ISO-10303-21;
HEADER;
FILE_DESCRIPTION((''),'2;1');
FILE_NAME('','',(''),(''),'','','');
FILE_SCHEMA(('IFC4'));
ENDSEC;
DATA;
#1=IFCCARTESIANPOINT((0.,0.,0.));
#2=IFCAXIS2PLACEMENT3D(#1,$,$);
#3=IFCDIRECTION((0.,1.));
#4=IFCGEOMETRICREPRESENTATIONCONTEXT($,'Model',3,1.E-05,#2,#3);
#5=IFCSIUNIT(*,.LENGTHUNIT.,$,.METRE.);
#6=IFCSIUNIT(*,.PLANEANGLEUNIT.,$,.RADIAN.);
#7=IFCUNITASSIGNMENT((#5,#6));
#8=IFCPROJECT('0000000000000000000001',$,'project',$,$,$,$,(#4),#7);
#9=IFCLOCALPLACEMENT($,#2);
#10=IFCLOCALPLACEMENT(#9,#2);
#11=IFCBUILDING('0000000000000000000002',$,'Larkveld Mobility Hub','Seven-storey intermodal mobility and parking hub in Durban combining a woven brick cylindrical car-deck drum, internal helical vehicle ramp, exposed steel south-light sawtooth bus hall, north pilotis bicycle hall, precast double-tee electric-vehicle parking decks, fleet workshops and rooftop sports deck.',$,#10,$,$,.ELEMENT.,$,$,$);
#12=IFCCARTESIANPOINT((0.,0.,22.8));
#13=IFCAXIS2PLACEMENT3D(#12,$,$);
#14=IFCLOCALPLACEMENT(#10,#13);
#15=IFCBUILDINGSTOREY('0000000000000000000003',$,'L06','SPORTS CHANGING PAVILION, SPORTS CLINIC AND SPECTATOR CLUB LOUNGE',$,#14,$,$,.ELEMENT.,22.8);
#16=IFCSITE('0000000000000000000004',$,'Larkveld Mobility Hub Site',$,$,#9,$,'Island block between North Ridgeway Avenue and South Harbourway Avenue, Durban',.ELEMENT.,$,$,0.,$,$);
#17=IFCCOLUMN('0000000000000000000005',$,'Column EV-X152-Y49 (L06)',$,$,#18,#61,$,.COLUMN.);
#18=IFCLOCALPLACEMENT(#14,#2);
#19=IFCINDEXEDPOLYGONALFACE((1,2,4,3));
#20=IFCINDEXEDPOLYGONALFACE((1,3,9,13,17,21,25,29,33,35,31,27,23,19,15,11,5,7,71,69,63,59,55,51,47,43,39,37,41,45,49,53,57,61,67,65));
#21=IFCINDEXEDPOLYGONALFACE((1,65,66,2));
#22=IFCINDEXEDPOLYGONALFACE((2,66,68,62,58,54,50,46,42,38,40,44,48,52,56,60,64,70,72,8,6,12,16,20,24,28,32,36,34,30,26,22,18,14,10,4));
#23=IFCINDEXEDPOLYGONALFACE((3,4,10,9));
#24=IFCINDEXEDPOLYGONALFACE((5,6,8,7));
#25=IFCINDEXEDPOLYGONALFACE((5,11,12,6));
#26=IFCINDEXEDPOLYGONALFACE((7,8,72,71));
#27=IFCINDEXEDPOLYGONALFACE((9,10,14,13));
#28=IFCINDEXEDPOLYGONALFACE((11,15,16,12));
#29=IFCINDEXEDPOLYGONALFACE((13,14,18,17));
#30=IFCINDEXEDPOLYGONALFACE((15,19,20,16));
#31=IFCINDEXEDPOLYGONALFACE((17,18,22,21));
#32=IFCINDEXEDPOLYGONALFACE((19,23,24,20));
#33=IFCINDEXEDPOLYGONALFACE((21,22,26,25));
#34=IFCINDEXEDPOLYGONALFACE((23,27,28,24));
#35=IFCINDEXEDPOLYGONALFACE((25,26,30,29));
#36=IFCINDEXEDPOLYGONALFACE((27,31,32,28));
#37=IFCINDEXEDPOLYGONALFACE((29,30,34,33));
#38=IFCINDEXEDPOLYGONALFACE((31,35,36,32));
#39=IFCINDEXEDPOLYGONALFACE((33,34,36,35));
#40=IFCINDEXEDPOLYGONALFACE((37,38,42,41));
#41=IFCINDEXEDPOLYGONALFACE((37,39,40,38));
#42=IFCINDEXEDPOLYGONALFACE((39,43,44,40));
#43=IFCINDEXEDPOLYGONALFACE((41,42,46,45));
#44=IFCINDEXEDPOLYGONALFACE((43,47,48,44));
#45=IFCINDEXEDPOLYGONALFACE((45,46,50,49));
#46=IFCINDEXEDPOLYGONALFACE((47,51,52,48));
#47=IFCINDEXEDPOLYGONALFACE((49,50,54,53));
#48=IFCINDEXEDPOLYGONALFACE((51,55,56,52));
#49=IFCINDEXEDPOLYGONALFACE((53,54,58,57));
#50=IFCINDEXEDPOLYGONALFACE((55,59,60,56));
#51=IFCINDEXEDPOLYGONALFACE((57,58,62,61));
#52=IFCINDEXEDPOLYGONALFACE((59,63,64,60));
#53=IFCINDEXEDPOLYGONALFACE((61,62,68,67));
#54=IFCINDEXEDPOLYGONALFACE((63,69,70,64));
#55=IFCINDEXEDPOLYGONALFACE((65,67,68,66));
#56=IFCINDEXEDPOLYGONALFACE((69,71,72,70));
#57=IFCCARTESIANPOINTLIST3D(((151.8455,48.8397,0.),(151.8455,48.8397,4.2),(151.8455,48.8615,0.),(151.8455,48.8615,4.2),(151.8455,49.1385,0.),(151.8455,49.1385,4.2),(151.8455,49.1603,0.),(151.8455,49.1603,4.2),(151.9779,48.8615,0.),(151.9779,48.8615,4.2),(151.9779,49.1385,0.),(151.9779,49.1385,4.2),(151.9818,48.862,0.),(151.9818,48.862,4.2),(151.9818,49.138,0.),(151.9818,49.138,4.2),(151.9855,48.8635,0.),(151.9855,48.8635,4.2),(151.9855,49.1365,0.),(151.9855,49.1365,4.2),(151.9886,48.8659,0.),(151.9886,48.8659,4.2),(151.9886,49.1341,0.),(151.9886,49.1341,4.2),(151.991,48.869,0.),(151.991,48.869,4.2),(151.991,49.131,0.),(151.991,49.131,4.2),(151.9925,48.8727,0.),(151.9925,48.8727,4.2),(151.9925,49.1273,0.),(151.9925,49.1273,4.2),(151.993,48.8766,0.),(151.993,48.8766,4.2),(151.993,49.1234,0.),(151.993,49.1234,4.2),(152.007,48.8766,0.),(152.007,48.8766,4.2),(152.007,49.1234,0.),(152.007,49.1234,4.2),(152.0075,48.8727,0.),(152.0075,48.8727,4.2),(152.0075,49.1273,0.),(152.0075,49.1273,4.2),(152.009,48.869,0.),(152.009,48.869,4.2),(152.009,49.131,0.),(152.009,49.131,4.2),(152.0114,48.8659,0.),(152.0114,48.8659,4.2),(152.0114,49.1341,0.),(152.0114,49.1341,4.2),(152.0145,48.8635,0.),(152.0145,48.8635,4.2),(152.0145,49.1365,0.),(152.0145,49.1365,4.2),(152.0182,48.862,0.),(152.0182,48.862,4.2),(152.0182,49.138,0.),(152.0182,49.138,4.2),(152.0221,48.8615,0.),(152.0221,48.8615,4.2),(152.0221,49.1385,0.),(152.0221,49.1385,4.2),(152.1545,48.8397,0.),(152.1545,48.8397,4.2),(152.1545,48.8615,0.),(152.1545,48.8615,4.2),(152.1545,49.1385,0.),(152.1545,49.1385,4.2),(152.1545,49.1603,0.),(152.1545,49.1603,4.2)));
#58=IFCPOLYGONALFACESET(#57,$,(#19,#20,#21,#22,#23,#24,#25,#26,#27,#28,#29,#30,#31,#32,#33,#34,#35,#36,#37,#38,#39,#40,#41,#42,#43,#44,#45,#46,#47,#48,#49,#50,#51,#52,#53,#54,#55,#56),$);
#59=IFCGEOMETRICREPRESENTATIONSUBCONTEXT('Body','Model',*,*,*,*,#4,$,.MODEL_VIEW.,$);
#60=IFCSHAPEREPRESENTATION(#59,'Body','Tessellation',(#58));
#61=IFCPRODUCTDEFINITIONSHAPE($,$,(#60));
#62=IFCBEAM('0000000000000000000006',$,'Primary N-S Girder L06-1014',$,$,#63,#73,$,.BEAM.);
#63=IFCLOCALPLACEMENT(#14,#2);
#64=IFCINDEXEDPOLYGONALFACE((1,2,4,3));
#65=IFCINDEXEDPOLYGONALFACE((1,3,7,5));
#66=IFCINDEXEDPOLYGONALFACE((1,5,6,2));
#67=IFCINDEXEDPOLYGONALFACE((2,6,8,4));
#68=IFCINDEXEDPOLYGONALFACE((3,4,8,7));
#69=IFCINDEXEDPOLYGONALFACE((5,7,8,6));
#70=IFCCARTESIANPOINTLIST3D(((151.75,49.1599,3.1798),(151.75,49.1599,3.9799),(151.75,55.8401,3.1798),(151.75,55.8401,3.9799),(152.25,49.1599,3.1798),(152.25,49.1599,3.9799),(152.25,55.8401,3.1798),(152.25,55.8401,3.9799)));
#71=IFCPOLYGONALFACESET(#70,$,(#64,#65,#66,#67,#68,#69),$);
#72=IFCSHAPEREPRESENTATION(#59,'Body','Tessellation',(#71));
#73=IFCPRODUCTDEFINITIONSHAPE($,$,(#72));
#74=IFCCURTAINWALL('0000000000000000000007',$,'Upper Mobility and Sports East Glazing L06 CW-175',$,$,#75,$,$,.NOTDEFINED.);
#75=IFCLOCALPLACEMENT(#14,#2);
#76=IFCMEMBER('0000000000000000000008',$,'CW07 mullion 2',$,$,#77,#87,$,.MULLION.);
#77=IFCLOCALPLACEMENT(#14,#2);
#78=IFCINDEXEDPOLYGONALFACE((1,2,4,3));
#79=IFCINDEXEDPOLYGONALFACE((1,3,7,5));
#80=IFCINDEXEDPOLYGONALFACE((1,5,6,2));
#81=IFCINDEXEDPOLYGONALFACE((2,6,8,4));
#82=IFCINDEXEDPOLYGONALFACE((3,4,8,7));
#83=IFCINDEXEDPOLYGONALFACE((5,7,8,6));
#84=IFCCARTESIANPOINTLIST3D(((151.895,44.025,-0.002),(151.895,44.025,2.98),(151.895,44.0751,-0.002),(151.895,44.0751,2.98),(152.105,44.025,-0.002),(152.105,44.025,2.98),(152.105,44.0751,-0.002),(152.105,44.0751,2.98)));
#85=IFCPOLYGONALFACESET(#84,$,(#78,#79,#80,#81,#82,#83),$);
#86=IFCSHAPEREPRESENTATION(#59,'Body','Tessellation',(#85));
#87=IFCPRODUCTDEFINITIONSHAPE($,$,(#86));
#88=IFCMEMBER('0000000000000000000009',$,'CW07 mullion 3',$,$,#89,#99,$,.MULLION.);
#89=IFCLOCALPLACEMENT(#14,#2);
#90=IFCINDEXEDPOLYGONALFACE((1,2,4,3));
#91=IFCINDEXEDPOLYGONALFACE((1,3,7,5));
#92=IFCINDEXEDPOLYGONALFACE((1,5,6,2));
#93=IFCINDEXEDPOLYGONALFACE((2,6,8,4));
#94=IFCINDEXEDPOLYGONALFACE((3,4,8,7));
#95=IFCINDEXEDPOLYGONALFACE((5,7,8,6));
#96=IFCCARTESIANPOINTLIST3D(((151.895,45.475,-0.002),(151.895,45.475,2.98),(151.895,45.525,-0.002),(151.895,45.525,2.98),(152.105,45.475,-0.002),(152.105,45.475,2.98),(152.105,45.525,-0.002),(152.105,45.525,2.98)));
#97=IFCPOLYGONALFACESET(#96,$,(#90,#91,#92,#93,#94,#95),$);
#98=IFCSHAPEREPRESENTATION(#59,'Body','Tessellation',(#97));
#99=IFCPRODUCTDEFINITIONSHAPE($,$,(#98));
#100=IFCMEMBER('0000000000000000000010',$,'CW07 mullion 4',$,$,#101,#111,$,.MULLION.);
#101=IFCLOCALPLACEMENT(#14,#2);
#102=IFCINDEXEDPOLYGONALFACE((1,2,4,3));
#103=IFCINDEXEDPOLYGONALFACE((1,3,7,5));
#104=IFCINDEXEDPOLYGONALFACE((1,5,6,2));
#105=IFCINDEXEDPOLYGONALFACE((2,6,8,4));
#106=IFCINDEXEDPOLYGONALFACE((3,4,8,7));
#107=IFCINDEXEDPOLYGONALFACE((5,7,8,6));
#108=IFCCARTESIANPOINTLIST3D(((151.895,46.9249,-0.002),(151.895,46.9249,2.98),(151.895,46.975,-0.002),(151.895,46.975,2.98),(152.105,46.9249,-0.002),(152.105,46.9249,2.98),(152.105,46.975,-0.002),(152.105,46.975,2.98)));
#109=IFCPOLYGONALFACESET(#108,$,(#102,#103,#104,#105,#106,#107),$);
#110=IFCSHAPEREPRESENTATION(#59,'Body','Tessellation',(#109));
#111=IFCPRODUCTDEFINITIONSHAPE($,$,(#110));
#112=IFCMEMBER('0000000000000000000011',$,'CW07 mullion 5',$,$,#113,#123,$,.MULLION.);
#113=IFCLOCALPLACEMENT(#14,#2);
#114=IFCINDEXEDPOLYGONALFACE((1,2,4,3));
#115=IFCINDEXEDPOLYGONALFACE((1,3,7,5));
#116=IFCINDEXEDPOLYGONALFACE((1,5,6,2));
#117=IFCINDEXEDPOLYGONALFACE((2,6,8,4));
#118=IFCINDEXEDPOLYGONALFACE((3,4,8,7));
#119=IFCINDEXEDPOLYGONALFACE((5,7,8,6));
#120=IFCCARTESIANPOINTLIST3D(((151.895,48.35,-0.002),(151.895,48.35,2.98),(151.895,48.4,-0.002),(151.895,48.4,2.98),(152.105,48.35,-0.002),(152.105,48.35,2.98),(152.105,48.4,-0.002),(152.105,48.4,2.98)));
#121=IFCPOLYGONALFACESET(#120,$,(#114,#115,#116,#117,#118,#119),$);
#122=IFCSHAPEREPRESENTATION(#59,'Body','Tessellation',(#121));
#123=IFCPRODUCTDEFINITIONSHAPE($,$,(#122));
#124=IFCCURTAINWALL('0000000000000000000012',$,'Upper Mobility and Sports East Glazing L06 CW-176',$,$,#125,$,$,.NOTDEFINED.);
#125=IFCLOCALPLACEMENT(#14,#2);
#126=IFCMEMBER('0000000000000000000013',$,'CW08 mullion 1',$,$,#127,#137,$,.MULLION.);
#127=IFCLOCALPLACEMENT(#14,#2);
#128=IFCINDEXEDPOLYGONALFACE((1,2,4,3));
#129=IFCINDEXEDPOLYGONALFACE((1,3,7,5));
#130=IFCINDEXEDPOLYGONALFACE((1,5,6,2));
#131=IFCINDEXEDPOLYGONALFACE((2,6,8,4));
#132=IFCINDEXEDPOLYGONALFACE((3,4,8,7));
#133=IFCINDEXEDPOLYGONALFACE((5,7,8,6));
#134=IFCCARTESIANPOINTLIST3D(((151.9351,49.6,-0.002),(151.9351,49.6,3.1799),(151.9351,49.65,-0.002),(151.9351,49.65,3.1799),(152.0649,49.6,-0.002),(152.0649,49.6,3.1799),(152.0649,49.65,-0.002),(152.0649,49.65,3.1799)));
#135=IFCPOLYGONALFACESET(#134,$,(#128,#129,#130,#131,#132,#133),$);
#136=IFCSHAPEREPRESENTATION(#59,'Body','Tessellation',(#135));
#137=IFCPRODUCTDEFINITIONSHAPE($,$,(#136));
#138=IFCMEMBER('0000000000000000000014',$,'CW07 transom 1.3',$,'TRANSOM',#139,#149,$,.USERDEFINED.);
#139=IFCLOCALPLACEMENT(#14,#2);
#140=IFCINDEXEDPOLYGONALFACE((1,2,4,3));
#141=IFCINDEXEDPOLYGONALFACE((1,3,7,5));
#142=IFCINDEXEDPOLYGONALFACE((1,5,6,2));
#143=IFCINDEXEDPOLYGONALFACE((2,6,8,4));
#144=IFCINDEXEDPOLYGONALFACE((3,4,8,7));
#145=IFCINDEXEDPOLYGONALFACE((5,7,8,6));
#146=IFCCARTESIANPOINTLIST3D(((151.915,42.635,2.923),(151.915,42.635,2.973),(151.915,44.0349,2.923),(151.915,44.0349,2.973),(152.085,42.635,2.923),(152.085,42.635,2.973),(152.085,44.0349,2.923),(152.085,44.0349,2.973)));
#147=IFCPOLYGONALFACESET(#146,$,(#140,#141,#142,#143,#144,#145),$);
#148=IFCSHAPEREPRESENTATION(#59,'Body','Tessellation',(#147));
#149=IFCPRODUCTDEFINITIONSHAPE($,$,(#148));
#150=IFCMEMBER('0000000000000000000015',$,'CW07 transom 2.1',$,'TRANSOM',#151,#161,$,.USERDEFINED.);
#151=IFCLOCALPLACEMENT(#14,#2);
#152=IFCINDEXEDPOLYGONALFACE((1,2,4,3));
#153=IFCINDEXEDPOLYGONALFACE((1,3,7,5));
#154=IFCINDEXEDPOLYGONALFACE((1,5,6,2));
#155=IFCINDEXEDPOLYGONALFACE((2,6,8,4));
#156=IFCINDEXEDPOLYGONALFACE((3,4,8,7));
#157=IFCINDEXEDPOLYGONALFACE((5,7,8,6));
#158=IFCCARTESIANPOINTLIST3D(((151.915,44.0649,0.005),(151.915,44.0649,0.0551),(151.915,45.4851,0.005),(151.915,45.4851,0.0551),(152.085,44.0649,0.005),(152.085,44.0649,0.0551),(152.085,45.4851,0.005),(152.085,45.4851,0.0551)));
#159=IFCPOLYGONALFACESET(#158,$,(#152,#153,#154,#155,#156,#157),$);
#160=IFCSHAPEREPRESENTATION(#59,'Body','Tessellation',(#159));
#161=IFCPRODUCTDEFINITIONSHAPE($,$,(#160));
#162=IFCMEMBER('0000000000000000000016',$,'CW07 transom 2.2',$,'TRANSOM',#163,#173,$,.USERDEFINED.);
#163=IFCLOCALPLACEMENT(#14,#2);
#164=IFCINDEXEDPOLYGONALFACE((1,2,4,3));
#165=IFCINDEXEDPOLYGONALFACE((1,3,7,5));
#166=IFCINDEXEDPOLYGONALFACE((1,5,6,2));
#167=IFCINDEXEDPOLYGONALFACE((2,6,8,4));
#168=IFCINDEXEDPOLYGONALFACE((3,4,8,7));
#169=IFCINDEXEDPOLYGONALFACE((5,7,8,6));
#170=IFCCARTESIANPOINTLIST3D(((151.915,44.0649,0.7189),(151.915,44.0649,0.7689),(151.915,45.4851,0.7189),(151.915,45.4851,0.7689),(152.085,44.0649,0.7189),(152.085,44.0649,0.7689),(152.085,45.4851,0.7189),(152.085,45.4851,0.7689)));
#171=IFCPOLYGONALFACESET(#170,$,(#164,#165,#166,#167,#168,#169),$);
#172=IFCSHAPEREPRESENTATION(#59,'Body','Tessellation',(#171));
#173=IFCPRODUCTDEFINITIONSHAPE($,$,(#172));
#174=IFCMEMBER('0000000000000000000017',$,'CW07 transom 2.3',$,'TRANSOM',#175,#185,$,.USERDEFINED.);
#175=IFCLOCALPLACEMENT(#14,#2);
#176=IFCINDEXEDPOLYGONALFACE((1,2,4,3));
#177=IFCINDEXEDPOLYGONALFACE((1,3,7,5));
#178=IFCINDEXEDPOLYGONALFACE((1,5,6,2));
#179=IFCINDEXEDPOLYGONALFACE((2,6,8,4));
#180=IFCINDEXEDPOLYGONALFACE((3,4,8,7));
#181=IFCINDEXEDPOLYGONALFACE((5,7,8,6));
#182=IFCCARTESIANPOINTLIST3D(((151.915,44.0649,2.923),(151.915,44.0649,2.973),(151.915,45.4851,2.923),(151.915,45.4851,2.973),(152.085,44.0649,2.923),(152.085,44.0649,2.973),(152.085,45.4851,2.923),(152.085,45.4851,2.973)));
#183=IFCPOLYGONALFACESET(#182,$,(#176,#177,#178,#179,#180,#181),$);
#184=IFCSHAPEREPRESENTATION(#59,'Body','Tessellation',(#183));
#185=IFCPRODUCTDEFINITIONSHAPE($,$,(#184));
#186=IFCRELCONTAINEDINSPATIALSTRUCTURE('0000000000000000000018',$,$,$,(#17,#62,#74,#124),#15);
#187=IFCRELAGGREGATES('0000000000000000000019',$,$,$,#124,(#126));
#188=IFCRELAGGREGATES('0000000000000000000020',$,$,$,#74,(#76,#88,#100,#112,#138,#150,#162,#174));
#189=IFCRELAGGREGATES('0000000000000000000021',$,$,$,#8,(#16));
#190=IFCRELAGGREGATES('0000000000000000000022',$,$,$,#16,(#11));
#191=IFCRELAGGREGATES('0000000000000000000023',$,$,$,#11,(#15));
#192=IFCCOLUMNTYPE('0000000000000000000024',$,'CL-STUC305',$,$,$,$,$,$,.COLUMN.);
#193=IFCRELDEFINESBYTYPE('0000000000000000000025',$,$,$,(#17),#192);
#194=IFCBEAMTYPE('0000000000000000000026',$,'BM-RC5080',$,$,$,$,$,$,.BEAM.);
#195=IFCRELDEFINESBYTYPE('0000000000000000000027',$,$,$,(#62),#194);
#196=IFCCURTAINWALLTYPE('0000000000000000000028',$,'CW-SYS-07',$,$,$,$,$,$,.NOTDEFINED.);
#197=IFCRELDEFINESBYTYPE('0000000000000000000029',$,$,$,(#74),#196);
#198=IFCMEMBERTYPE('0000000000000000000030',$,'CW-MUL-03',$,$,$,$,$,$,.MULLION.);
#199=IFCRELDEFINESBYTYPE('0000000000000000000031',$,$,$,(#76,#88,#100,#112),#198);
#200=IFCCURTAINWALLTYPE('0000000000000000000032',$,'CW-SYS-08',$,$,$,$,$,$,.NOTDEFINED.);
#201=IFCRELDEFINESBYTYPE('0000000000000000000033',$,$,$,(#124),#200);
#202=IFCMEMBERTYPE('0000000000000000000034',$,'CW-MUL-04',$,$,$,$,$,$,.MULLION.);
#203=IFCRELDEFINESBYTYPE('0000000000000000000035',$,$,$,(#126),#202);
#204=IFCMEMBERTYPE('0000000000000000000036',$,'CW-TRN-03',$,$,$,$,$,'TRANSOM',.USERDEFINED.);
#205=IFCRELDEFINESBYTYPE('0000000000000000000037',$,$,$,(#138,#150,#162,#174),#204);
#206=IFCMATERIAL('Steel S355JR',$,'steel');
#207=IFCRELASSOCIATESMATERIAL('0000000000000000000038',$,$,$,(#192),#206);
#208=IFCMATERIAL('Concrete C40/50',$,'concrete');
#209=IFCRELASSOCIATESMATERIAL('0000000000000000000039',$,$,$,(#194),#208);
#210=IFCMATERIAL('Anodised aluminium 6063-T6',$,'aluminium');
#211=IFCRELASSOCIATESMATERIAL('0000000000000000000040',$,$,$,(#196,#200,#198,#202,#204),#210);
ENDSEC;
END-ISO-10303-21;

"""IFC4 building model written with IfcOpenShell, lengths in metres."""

from ifc_helpers import new_model, si_unit, direction, frame, origin, origin_2d, place, context, subcontext, project, spatial, rectangle, i_section, extrude, material, material_profile, profile_set, type_object, element, aggregate, save


model = new_model("IFC4")

# Units and contexts
model_context = context("Model", 3, precision=1e-05, world=origin(), true_north=direction((0.0, 1.0)))
body_context = subcontext(model_context, "Body", "Model", "MODEL_VIEW")
ifc_project = project(units=[si_unit("LENGTHUNIT", "METRE"), si_unit("PLANEANGLEUNIT", "RADIAN")], contexts=[model_context])

# Site, building, storey
site_placement = place(None, origin())
site = spatial("IfcSite", under=ifc_project, at=site_placement, Name="Larkveld Mobility Hub Site", LongName="Island block between North Ridgeway Avenue and South Harbourway Avenue, Durban", CompositionType="ELEMENT", RefElevation=0.0)
building_placement = place(site_placement, origin())
building = spatial("IfcBuilding", under=site, at=building_placement, Name="Larkveld Mobility Hub", Description="Seven-storey intermodal mobility and parking hub in Durban combining a woven brick cylindrical car-deck drum, internal helical vehicle ramp, exposed steel south-light sawtooth bus hall, north pilotis bicycle hall, precast double-tee electric-vehicle parking decks, fleet workshops and rooftop sports deck.", CompositionType="ELEMENT")
storey_placement = place(building_placement, frame((0.0, 0.0, 22.8)))
storey = spatial("IfcBuildingStorey", under=building, at=storey_placement, Name="L06", Description="SPORTS CHANGING PAVILION, SPORTS CLINIC AND SPECTATOR CLUB LOUNGE", CompositionType="ELEMENT", Elevation=22.8)

# Column
ifc_material_1 = material(Name="Steel S355JR", Category="steel")
ifc_material_profile_1 = material_profile(ifc_material_1, i_section(OverallWidth=0.3091, OverallDepth=0.3206, WebThickness=0.0139, FlangeThickness=0.0217, FilletRadius=0.0151, at=origin_2d()), Name="UC 305x305x137")
ifc_profile_set_1 = profile_set([ifc_material_profile_1], Name="Steel S355JR")
column_type = type_object("IfcColumnType", Name="CL-STUC305", PredefinedType="COLUMN", material=ifc_profile_set_1)
column_placement = place(storey_placement, frame((152.0, 49.0, 0.0), z_axis=(0.0, 0.0, 1.0), x_axis=(1.0, 0.0, 0.0)))
element("IfcColumn", 1, at=column_placement, inside=storey, type_object=column_type, Name="Column EV-X152-Y49 (L06)", PredefinedType="COLUMN", context=body_context, shape_type="SweptSolid", body=[
    extrude(i_section(OverallWidth=0.3091, OverallDepth=0.3206, WebThickness=0.0139, FlangeThickness=0.0217, FilletRadius=0.0151, at=origin_2d()), origin(), (0.0, 0.0, 1.0), 4.2),
])

# Beam
ifc_material_2 = material(Name="Concrete C40/50", Category="concrete")
ifc_material_profile_2 = material_profile(ifc_material_2, rectangle(XDim=0.5, YDim=0.8, at=origin_2d()), Name="RC BM 500x800")
ifc_profile_set_2 = profile_set([ifc_material_profile_2], Name="Concrete C40/50")
beam_type = type_object("IfcBeamType", Name="BM-RC5080", PredefinedType="BEAM", material=ifc_profile_set_2)
beam_placement = place(storey_placement, frame((152.0, 49.1599, 3.5798), z_axis=(0.0, 1.0, 0.0), x_axis=(-1.0, 0.0, 0.0)))
element("IfcBeam", 2, at=beam_placement, inside=storey, type_object=beam_type, Name="Primary N-S Girder L06-1014", PredefinedType="BEAM", context=body_context, shape_type="SweptSolid", body=[
    extrude(rectangle(XDim=0.5, YDim=0.8, at=origin_2d()), origin(), (0.0, 0.0, 1.0), 6.6802),
])

# Curtain wall, members
ifc_material_3 = material(Name="Anodised aluminium 6063-T6", Category="aluminium")
curtain_wall_type_1 = type_object("IfcCurtainWallType", Name="CW-SYS-07", PredefinedType="NOTDEFINED", material=ifc_material_3)
curtain_wall_1_placement = place(storey_placement, origin())
curtain_wall_1 = element("IfcCurtainWall", 3, at=curtain_wall_1_placement, inside=storey, type_object=curtain_wall_type_1, Name="Upper Mobility and Sports East Glazing L06 CW-175", PredefinedType="NOTDEFINED")
ifc_material_profile_3 = material_profile(ifc_material_3, rectangle(XDim=0.05, YDim=0.21, at=origin_2d()), Name="ALU MULL 50x210")
ifc_profile_set_3 = profile_set([ifc_material_profile_3], Name="Anodised aluminium 6063-T6")
member_type_1 = type_object("IfcMemberType", Name="CW-MUL-03", PredefinedType="MULLION", material=ifc_profile_set_3)
member_1_placement = place(storey_placement, frame((152.0, 44.05, -0.002), z_axis=(0.0, 0.0, 1.0), x_axis=(0.0, 1.0, 0.0)))
member_1 = element("IfcMember", 4, at=member_1_placement, type_object=member_type_1, Name="CW07 mullion 2", PredefinedType="MULLION", context=body_context, shape_type="SweptSolid", body=[
    extrude(rectangle(XDim=0.05, YDim=0.21, at=origin_2d()), origin(), (0.0, 0.0, 1.0), 2.9819),
])
member_2_placement = place(storey_placement, frame((152.0, 45.5, -0.002), z_axis=(0.0, 0.0, 1.0), x_axis=(0.0, 1.0, 0.0)))
member_2 = element("IfcMember", 5, at=member_2_placement, type_object=member_type_1, Name="CW07 mullion 3", PredefinedType="MULLION", context=body_context, shape_type="SweptSolid", body=[
    extrude(rectangle(XDim=0.05, YDim=0.21, at=origin_2d()), origin(), (0.0, 0.0, 1.0), 2.9819),
])
member_3_placement = place(storey_placement, frame((152.0, 46.95, -0.002), z_axis=(0.0, 0.0, 1.0), x_axis=(0.0, 1.0, 0.0)))
member_3 = element("IfcMember", 6, at=member_3_placement, type_object=member_type_1, Name="CW07 mullion 4", PredefinedType="MULLION", context=body_context, shape_type="SweptSolid", body=[
    extrude(rectangle(XDim=0.05, YDim=0.21, at=origin_2d()), origin(), (0.0, 0.0, 1.0), 2.9819),
])
member_4_placement = place(storey_placement, frame((152.0, 48.375, -0.002), z_axis=(0.0, 0.0, 1.0), x_axis=(0.0, 1.0, 0.0)))
member_4 = element("IfcMember", 7, at=member_4_placement, type_object=member_type_1, Name="CW07 mullion 5", PredefinedType="MULLION", context=body_context, shape_type="SweptSolid", body=[
    extrude(rectangle(XDim=0.05, YDim=0.21, at=origin_2d()), origin(), (0.0, 0.0, 1.0), 2.9819),
])

# Curtain wall, member
curtain_wall_type_2 = type_object("IfcCurtainWallType", Name="CW-SYS-08", PredefinedType="NOTDEFINED", material=ifc_material_3)
curtain_wall_2_placement = place(storey_placement, origin())
curtain_wall_2 = element("IfcCurtainWall", 8, at=curtain_wall_2_placement, inside=storey, type_object=curtain_wall_type_2, Name="Upper Mobility and Sports East Glazing L06 CW-176", PredefinedType="NOTDEFINED")
ifc_material_profile_4 = material_profile(ifc_material_3, rectangle(XDim=0.05, YDim=0.1299, at=origin_2d()), Name="ALU MULL 50x130")
ifc_profile_set_4 = profile_set([ifc_material_profile_4], Name="Anodised aluminium 6063-T6")
member_type_2 = type_object("IfcMemberType", Name="CW-MUL-04", PredefinedType="MULLION", material=ifc_profile_set_4)
member_5_placement = place(storey_placement, frame((152.0, 49.625, -0.002), z_axis=(0.0, 0.0, 1.0), x_axis=(0.0, 1.0, 0.0)))
member_5 = element("IfcMember", 9, at=member_5_placement, type_object=member_type_2, Name="CW08 mullion 1", PredefinedType="MULLION", context=body_context, shape_type="SweptSolid", body=[
    extrude(rectangle(XDim=0.05, YDim=0.1299, at=origin_2d()), origin(), (0.0, 0.0, 1.0), 3.1819),
])
aggregate(curtain_wall_2, [member_5])

# Members
ifc_material_profile_5 = material_profile(ifc_material_3, rectangle(XDim=0.1699, YDim=0.05, at=origin_2d()), Name="ALU TRAN 50x170")
ifc_profile_set_5 = profile_set([ifc_material_profile_5], Name="Anodised aluminium 6063-T6")
member_type_3 = type_object("IfcMemberType", Name="CW-TRN-03", ElementType="TRANSOM", PredefinedType="USERDEFINED", material=ifc_profile_set_5)
member_6_placement = place(storey_placement, frame((152.0, 42.635, 2.948), z_axis=(0.0, 1.0, 0.0), x_axis=(-1.0, 0.0, 0.0)))
member_6 = element("IfcMember", 10, at=member_6_placement, type_object=member_type_3, Name="CW07 transom 1.3", ObjectType="TRANSOM", PredefinedType="USERDEFINED", context=body_context, shape_type="SweptSolid", body=[
    extrude(rectangle(XDim=0.1699, YDim=0.05, at=origin_2d()), origin(), (0.0, 0.0, 1.0), 1.3999),
])
member_7_placement = place(storey_placement, frame((152.0, 44.0649, 0.03), z_axis=(0.0, 1.0, 0.0), x_axis=(-1.0, 0.0, 0.0)))
member_7 = element("IfcMember", 11, at=member_7_placement, type_object=member_type_3, Name="CW07 transom 2.1", ObjectType="TRANSOM", PredefinedType="USERDEFINED", context=body_context, shape_type="SweptSolid", body=[
    extrude(rectangle(XDim=0.1699, YDim=0.05, at=origin_2d()), origin(), (0.0, 0.0, 1.0), 1.4202),
])
member_8_placement = place(storey_placement, frame((152.0, 44.0649, 0.7439), z_axis=(0.0, 1.0, 0.0), x_axis=(-1.0, 0.0, 0.0)))
member_8 = element("IfcMember", 12, at=member_8_placement, type_object=member_type_3, Name="CW07 transom 2.2", ObjectType="TRANSOM", PredefinedType="USERDEFINED", context=body_context, shape_type="SweptSolid", body=[
    extrude(rectangle(XDim=0.1699, YDim=0.05, at=origin_2d()), origin(), (0.0, 0.0, 1.0), 1.4202),
])
member_9_placement = place(storey_placement, frame((152.0, 44.0649, 2.948), z_axis=(0.0, 1.0, 0.0), x_axis=(-1.0, 0.0, 0.0)))
member_9 = element("IfcMember", 13, at=member_9_placement, type_object=member_type_3, Name="CW07 transom 2.3", ObjectType="TRANSOM", PredefinedType="USERDEFINED", context=body_context, shape_type="SweptSolid", body=[
    extrude(rectangle(XDim=0.1699, YDim=0.05, at=origin_2d()), origin(), (0.0, 0.0, 1.0), 1.4202),
])

aggregate(curtain_wall_1, [member_1, member_2, member_3, member_4, member_6, member_7, member_8, member_9])

save(model, "model.ifc")
